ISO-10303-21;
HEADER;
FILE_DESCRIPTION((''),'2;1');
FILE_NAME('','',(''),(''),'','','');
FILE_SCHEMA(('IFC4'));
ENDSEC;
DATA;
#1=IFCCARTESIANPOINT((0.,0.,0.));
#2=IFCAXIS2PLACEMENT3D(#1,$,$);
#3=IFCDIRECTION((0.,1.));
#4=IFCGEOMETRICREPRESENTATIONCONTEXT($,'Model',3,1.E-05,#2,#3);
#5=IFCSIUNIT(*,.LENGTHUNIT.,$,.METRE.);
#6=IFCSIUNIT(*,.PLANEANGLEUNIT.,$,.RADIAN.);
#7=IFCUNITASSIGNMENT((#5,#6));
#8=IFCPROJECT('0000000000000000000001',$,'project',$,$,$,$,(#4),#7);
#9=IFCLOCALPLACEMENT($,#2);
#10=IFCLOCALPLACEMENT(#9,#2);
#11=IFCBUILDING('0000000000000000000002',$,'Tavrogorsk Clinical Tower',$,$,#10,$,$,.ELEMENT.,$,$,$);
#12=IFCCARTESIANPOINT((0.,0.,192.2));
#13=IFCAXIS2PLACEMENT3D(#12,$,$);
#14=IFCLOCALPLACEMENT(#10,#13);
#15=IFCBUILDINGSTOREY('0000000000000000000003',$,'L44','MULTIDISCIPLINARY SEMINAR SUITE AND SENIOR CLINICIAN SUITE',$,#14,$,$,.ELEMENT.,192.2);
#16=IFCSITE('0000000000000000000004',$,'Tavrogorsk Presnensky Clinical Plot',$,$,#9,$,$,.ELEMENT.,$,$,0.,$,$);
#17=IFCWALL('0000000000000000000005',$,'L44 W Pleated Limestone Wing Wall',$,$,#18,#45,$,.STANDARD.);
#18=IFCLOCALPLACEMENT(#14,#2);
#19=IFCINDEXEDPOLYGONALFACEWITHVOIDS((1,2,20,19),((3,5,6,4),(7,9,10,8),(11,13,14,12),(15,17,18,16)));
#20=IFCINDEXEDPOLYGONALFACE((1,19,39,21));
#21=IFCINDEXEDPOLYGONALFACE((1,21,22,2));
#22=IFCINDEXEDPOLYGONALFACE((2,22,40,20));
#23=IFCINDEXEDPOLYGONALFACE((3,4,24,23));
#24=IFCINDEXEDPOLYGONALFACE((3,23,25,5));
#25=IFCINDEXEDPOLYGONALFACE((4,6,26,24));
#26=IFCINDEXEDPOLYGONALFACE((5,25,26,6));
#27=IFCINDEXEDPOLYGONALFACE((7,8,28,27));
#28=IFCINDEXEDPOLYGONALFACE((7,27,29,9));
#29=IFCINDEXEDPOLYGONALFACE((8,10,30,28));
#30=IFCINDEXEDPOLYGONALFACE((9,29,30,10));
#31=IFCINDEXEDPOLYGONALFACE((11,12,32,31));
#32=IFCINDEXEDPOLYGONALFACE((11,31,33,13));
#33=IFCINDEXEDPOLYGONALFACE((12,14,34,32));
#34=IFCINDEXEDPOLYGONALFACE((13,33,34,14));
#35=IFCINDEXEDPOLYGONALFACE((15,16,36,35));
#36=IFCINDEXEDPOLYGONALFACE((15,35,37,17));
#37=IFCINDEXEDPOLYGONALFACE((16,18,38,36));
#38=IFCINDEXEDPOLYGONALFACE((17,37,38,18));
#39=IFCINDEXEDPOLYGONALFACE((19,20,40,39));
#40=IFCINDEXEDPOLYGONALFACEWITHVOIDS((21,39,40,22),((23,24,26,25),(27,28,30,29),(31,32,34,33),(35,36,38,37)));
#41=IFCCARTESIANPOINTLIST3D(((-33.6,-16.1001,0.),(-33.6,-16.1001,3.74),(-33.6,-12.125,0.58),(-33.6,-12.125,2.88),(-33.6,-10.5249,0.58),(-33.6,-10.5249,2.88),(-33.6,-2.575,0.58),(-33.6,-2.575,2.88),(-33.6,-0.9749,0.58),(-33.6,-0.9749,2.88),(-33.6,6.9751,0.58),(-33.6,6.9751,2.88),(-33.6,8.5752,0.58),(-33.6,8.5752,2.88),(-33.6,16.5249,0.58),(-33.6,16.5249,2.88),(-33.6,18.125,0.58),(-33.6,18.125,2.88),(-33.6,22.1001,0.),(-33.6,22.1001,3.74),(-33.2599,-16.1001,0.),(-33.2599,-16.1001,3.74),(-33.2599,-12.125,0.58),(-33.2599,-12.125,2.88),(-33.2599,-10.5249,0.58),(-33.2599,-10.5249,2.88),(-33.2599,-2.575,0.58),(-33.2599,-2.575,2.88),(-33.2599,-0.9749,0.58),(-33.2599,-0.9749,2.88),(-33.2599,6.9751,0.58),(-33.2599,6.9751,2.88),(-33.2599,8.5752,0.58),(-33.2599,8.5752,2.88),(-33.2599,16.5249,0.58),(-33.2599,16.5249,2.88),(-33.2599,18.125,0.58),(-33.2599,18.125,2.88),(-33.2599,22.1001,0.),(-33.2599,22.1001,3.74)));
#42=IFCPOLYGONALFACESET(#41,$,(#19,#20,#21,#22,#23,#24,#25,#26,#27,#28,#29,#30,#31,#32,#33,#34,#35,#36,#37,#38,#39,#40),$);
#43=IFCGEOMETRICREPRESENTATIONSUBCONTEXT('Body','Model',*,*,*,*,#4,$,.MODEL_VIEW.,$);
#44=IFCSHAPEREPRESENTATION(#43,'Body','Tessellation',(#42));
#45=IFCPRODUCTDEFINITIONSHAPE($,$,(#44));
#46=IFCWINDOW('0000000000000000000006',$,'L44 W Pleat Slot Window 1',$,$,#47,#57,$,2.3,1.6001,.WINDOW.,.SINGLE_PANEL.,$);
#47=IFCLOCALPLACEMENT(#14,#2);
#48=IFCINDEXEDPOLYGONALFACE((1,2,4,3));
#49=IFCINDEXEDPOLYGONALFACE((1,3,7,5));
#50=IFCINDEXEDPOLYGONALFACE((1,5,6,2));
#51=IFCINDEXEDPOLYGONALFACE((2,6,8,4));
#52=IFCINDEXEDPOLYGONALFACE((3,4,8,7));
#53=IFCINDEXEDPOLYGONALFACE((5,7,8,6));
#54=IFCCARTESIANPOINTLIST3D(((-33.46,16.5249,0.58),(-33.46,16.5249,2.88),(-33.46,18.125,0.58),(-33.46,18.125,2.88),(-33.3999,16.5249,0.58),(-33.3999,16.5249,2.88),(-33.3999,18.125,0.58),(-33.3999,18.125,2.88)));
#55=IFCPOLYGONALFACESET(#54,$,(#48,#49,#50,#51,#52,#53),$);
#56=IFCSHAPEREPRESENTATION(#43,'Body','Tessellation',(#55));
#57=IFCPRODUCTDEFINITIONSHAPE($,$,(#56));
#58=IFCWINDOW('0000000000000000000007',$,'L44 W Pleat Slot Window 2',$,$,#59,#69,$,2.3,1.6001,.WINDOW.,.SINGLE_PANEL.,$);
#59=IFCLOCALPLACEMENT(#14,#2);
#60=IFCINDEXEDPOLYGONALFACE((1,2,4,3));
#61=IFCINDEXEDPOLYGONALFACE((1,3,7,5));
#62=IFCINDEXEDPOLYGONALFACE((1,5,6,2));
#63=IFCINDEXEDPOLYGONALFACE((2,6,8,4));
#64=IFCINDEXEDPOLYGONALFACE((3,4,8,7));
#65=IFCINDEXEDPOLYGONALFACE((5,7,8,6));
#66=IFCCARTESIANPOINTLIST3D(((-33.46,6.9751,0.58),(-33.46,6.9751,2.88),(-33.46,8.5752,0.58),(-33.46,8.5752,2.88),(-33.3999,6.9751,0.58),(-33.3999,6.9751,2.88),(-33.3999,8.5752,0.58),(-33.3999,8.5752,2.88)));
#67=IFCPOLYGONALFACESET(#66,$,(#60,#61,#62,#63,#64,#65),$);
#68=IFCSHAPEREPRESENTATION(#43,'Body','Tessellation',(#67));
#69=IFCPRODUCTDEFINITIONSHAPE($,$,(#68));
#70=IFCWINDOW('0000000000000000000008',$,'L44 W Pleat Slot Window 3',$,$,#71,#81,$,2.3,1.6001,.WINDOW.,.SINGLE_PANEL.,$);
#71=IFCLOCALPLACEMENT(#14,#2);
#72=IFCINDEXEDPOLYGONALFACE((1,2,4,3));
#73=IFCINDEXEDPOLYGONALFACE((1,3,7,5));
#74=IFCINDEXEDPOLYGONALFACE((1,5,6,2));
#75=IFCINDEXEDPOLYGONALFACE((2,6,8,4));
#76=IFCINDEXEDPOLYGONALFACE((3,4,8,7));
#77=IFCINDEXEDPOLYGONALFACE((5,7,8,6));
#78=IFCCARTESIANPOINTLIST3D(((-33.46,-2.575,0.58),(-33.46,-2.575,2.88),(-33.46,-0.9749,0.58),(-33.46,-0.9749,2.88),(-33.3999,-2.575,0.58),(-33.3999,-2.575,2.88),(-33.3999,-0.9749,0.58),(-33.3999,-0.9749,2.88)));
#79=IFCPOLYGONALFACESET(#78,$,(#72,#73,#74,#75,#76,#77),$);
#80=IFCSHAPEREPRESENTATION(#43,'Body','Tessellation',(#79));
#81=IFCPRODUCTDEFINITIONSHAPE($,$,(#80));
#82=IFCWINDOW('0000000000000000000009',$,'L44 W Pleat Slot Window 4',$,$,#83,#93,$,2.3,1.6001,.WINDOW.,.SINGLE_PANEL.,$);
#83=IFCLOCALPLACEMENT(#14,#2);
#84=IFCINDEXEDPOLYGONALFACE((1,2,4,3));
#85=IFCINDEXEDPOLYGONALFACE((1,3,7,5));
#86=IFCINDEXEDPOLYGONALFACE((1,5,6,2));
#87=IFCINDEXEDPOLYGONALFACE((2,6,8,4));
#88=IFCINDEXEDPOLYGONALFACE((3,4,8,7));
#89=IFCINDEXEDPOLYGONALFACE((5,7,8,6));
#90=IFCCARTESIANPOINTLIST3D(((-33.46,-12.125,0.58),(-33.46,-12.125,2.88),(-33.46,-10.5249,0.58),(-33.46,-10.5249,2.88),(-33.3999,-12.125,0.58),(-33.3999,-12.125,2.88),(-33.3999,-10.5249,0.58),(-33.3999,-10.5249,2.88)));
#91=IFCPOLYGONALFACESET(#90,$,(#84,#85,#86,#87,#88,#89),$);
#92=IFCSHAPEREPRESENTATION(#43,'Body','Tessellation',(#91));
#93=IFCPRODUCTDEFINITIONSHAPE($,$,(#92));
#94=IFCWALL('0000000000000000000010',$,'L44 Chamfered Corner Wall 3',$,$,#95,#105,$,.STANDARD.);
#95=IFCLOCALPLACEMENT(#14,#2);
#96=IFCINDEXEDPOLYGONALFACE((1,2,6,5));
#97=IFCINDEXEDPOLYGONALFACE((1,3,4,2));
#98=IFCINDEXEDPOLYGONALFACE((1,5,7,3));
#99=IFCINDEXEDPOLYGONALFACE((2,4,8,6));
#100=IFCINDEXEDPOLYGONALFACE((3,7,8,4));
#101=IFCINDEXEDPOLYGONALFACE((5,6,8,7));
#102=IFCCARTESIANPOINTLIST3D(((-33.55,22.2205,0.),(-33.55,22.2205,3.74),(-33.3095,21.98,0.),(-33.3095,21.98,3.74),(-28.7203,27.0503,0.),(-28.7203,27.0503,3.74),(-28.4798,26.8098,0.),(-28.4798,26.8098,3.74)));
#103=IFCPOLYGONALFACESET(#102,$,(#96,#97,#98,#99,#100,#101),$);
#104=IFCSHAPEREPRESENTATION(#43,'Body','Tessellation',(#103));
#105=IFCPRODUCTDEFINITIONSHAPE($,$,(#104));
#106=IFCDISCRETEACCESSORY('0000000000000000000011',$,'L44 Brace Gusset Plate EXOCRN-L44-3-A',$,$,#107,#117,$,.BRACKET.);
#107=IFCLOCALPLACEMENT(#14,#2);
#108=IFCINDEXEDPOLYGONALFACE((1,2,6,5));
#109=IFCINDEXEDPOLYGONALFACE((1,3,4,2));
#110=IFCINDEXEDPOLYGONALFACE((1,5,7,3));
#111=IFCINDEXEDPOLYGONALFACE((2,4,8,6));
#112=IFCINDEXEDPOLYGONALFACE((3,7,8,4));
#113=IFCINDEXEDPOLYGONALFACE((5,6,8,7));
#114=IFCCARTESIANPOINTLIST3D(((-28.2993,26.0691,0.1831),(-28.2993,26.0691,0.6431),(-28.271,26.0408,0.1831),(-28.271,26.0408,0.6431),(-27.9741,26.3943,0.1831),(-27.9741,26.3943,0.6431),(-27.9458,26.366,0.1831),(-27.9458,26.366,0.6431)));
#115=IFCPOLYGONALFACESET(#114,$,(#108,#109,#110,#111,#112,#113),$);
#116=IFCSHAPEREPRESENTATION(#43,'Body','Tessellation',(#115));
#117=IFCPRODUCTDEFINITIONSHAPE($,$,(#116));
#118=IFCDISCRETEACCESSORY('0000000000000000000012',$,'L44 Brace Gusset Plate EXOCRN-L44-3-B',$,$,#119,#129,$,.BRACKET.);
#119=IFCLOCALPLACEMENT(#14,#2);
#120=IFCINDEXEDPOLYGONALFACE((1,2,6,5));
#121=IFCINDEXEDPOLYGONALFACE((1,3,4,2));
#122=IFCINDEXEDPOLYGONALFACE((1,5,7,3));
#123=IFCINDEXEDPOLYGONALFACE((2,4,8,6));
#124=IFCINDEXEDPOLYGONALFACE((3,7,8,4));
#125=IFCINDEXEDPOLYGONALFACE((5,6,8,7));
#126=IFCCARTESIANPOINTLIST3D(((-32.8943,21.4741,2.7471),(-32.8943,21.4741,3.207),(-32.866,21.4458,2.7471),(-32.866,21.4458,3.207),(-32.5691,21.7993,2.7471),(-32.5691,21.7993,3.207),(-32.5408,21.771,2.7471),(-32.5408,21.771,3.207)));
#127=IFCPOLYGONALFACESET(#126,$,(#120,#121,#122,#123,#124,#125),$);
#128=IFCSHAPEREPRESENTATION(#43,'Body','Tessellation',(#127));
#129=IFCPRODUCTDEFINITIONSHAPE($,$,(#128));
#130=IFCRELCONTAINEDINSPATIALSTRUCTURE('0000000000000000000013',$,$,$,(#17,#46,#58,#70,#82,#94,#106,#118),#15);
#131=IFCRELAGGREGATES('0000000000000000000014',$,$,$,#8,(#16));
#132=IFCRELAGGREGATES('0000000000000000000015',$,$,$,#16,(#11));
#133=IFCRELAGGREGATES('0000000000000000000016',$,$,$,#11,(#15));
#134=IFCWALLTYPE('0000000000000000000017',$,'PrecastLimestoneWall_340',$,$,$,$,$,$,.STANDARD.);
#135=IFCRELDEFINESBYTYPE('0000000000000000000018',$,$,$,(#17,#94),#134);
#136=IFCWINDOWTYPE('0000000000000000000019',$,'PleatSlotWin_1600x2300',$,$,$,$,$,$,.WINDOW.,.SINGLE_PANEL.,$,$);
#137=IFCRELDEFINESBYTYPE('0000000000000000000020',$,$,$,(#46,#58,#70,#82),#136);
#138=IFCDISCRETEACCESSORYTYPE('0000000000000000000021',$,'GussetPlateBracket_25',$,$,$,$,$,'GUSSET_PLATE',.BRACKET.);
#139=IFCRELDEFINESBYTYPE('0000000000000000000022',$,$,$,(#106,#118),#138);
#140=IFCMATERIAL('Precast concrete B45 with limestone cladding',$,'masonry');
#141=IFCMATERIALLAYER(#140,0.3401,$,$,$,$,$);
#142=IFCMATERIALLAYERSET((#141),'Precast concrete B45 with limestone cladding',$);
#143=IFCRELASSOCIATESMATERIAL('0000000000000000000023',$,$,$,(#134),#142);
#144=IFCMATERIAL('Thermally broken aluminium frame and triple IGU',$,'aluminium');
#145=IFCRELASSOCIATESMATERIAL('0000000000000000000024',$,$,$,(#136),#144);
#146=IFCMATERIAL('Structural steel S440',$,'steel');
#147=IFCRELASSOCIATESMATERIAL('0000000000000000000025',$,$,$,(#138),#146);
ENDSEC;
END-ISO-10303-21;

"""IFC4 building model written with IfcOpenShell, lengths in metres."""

from ifc_helpers import new_model, si_unit, direction, frame, frame_2d, origin, origin_2d, place, context, subcontext, project, spatial, rectangle, extrude, material, layer, layer_set, type_object, element, fill, save


model = new_model("IFC4")

# Units and contexts
model_context = context("Model", 3, precision=1e-05, world=origin(), true_north=direction((0.0, 1.0)))
body_context = subcontext(model_context, "Body", "Model", "MODEL_VIEW")
ifc_project = project(units=[si_unit("LENGTHUNIT", "METRE"), si_unit("PLANEANGLEUNIT", "RADIAN")], contexts=[model_context])

# Site, building, storey
site_placement = place(None, origin())
site = spatial("IfcSite", under=ifc_project, at=site_placement, Name="Tavrogorsk Presnensky Clinical Plot", CompositionType="ELEMENT", RefElevation=0.0)
building_placement = place(site_placement, origin())
building = spatial("IfcBuilding", under=site, at=building_placement, Name="Tavrogorsk Clinical Tower", CompositionType="ELEMENT")
storey_placement = place(building_placement, frame((0.0, 0.0, 192.2)))
storey = spatial("IfcBuildingStorey", under=building, at=storey_placement, Name="L44", Description="MULTIDISCIPLINARY SEMINAR SUITE AND SENIOR CLINICIAN SUITE", CompositionType="ELEMENT", Elevation=192.2)

# Wall, openings, windows
ifc_material_1 = material(Name="Precast concrete B45 with limestone cladding", Category="masonry")
ifc_layer_1 = layer(ifc_material_1, 0.3401)
ifc_layer_set_1 = layer_set([ifc_layer_1], Name="Precast concrete B45 with limestone cladding")
wall_type_1 = type_object("IfcWallType", Name="PrecastLimestoneWall_340", PredefinedType="STANDARD", material=ifc_layer_set_1)
wall_1_placement = place(storey_placement, frame((-33.4299, 22.1001, 0.0), z_axis=(0.0, 0.0, 1.0), x_axis=(0.0, -1.0, 0.0)))
wall_1 = element("IfcWall", 1, at=wall_1_placement, inside=storey, type_object=wall_type_1, Name="L44 W Pleated Limestone Wing Wall", PredefinedType="STANDARD", context=body_context, shape_type="SweptSolid", body=[
    extrude(rectangle(XDim=38.2002, YDim=0.3401, at=frame_2d((19.1001, 0.0))), origin(), (0.0, 0.0, 1.0), 3.74),
])
opening_1_placement = place(wall_1_placement, frame((3.9751, 0.0, 0.5801)))
opening_1 = element("IfcOpeningElement", 2, at=opening_1_placement, cuts=wall_1, PredefinedType="OPENING", context=body_context, shape_type="SweptSolid", body=[
    extrude(rectangle(XDim=1.6001, YDim=2.3, at=frame_2d((0.8, 1.1499))), frame((0.0, 0.1799, 0.0), z_axis=(0.0, -1.0, 0.0), x_axis=(1.0, 0.0, 0.0)), (0.0, 0.0, 1.0), 0.3601),
])
opening_2_placement = place(wall_1_placement, frame((13.5249, 0.0, 0.5801)))
opening_2 = element("IfcOpeningElement", 3, at=opening_2_placement, cuts=wall_1, PredefinedType="OPENING", context=body_context, shape_type="SweptSolid", body=[
    extrude(rectangle(XDim=1.6001, YDim=2.3, at=frame_2d((0.8, 1.1499))), frame((0.0, 0.1799, 0.0), z_axis=(0.0, -1.0, 0.0), x_axis=(1.0, 0.0, 0.0)), (0.0, 0.0, 1.0), 0.3601),
])
opening_3_placement = place(wall_1_placement, frame((23.075, 0.0, 0.5801)))
opening_3 = element("IfcOpeningElement", 4, at=opening_3_placement, cuts=wall_1, PredefinedType="OPENING", context=body_context, shape_type="SweptSolid", body=[
    extrude(rectangle(XDim=1.6001, YDim=2.3, at=frame_2d((0.8, 1.1499))), frame((0.0, 0.1799, 0.0), z_axis=(0.0, -1.0, 0.0), x_axis=(1.0, 0.0, 0.0)), (0.0, 0.0, 1.0), 0.3601),
])
opening_4_placement = place(wall_1_placement, frame((32.625, 0.0, 0.5801)))
opening_4 = element("IfcOpeningElement", 5, at=opening_4_placement, cuts=wall_1, PredefinedType="OPENING", context=body_context, shape_type="SweptSolid", body=[
    extrude(rectangle(XDim=1.6001, YDim=2.3, at=frame_2d((0.8, 1.1499))), frame((0.0, 0.1799, 0.0), z_axis=(0.0, -1.0, 0.0), x_axis=(1.0, 0.0, 0.0)), (0.0, 0.0, 1.0), 0.3601),
])
ifc_material_2 = material(Name="Thermally broken aluminium frame and triple IGU", Category="aluminium")
window_type = type_object("IfcWindowType", Name="PleatSlotWin_1600x2300", PartitioningType="SINGLE_PANEL", PredefinedType="WINDOW", material=ifc_material_2)
window_1_placement = place(opening_1_placement, origin())
window_1 = element("IfcWindow", 6, at=window_1_placement, inside=storey, type_object=window_type, Name="L44 W Pleat Slot Window 1", OverallHeight=2.3, OverallWidth=1.6001, PartitioningType="SINGLE_PANEL", PredefinedType="WINDOW", context=body_context, shape_type="SweptSolid", body=[
    extrude(rectangle(XDim=1.6001, YDim=2.3, at=frame_2d((0.8, 1.1499))), frame((0.0, 0.03, 0.0), z_axis=(0.0, -1.0, 0.0), x_axis=(1.0, 0.0, 0.0)), (0.0, 0.0, 1.0), 0.0601),
])
fill(opening_1, window_1)
window_2_placement = place(opening_2_placement, origin())
window_2 = element("IfcWindow", 7, at=window_2_placement, inside=storey, type_object=window_type, Name="L44 W Pleat Slot Window 2", OverallHeight=2.3, OverallWidth=1.6001, PartitioningType="SINGLE_PANEL", PredefinedType="WINDOW", context=body_context, shape_type="SweptSolid", body=[
    extrude(rectangle(XDim=1.6001, YDim=2.3, at=frame_2d((0.8, 1.1499))), frame((0.0, 0.03, 0.0), z_axis=(0.0, -1.0, 0.0), x_axis=(1.0, 0.0, 0.0)), (0.0, 0.0, 1.0), 0.0601),
])
fill(opening_2, window_2)
window_3_placement = place(opening_3_placement, origin())
window_3 = element("IfcWindow", 8, at=window_3_placement, inside=storey, type_object=window_type, Name="L44 W Pleat Slot Window 3", OverallHeight=2.3, OverallWidth=1.6001, PartitioningType="SINGLE_PANEL", PredefinedType="WINDOW", context=body_context, shape_type="SweptSolid", body=[
    extrude(rectangle(XDim=1.6001, YDim=2.3, at=frame_2d((0.8, 1.1499))), frame((0.0, 0.03, 0.0), z_axis=(0.0, -1.0, 0.0), x_axis=(1.0, 0.0, 0.0)), (0.0, 0.0, 1.0), 0.0601),
])
fill(opening_3, window_3)
window_4_placement = place(opening_4_placement, origin())
window_4 = element("IfcWindow", 9, at=window_4_placement, inside=storey, type_object=window_type, Name="L44 W Pleat Slot Window 4", OverallHeight=2.3, OverallWidth=1.6001, PartitioningType="SINGLE_PANEL", PredefinedType="WINDOW", context=body_context, shape_type="SweptSolid", body=[
    extrude(rectangle(XDim=1.6001, YDim=2.3, at=frame_2d((0.8, 1.1499))), frame((0.0, 0.03, 0.0), z_axis=(0.0, -1.0, 0.0), x_axis=(1.0, 0.0, 0.0)), (0.0, 0.0, 1.0), 0.0601),
])
fill(opening_4, window_4)

# Wall
wall_2_placement = place(storey_placement, frame((-28.6001, 26.9299, 0.0), z_axis=(0.0, 0.0, 1.0), x_axis=(-0.707107, -0.707107, 0.0)))
element("IfcWall", 10, at=wall_2_placement, inside=storey, type_object=wall_type_1, Name="L44 Chamfered Corner Wall 3", PredefinedType="STANDARD", context=body_context, shape_type="SweptSolid", body=[
    extrude(rectangle(XDim=6.8303, YDim=0.3401, at=frame_2d((3.415, 0.0))), origin(), (0.0, 0.0, 1.0), 3.74),
])

# Discrete accessories
ifc_material_3 = material(Name="Structural steel S440", Category="steel")
discrete_accessory_type = type_object("IfcDiscreteAccessoryType", Name="GussetPlateBracket_25", ElementType="GUSSET_PLATE", PredefinedType="BRACKET", material=ifc_material_3)
for number, where, z_axis, x_axis, name in (
    (11, (-28.1226, 26.2175, 0.1831), (0.0, 0.0, 1.0), (-0.707107, -0.707107, 0.0), "L44 Brace Gusset Plate EXOCRN-L44-3-A"),
    (12, (-32.7175, 21.6226, 2.7471), (0.0, 0.0, 1.0), (-0.707107, -0.707107, 0.0), "L44 Brace Gusset Plate EXOCRN-L44-3-B"),
):
    element("IfcDiscreteAccessory", number, at=place(storey_placement, frame(where, z_axis=z_axis, x_axis=x_axis)), inside=storey, type_object=discrete_accessory_type, Name=name, PredefinedType="BRACKET", context=body_context, shape_type="SweptSolid", body=[
        extrude(rectangle(XDim=0.46, YDim=0.04, at=origin_2d()), origin(), (0.0, 0.0, 1.0), 0.46),
    ])

save(model, "model.ifc")
